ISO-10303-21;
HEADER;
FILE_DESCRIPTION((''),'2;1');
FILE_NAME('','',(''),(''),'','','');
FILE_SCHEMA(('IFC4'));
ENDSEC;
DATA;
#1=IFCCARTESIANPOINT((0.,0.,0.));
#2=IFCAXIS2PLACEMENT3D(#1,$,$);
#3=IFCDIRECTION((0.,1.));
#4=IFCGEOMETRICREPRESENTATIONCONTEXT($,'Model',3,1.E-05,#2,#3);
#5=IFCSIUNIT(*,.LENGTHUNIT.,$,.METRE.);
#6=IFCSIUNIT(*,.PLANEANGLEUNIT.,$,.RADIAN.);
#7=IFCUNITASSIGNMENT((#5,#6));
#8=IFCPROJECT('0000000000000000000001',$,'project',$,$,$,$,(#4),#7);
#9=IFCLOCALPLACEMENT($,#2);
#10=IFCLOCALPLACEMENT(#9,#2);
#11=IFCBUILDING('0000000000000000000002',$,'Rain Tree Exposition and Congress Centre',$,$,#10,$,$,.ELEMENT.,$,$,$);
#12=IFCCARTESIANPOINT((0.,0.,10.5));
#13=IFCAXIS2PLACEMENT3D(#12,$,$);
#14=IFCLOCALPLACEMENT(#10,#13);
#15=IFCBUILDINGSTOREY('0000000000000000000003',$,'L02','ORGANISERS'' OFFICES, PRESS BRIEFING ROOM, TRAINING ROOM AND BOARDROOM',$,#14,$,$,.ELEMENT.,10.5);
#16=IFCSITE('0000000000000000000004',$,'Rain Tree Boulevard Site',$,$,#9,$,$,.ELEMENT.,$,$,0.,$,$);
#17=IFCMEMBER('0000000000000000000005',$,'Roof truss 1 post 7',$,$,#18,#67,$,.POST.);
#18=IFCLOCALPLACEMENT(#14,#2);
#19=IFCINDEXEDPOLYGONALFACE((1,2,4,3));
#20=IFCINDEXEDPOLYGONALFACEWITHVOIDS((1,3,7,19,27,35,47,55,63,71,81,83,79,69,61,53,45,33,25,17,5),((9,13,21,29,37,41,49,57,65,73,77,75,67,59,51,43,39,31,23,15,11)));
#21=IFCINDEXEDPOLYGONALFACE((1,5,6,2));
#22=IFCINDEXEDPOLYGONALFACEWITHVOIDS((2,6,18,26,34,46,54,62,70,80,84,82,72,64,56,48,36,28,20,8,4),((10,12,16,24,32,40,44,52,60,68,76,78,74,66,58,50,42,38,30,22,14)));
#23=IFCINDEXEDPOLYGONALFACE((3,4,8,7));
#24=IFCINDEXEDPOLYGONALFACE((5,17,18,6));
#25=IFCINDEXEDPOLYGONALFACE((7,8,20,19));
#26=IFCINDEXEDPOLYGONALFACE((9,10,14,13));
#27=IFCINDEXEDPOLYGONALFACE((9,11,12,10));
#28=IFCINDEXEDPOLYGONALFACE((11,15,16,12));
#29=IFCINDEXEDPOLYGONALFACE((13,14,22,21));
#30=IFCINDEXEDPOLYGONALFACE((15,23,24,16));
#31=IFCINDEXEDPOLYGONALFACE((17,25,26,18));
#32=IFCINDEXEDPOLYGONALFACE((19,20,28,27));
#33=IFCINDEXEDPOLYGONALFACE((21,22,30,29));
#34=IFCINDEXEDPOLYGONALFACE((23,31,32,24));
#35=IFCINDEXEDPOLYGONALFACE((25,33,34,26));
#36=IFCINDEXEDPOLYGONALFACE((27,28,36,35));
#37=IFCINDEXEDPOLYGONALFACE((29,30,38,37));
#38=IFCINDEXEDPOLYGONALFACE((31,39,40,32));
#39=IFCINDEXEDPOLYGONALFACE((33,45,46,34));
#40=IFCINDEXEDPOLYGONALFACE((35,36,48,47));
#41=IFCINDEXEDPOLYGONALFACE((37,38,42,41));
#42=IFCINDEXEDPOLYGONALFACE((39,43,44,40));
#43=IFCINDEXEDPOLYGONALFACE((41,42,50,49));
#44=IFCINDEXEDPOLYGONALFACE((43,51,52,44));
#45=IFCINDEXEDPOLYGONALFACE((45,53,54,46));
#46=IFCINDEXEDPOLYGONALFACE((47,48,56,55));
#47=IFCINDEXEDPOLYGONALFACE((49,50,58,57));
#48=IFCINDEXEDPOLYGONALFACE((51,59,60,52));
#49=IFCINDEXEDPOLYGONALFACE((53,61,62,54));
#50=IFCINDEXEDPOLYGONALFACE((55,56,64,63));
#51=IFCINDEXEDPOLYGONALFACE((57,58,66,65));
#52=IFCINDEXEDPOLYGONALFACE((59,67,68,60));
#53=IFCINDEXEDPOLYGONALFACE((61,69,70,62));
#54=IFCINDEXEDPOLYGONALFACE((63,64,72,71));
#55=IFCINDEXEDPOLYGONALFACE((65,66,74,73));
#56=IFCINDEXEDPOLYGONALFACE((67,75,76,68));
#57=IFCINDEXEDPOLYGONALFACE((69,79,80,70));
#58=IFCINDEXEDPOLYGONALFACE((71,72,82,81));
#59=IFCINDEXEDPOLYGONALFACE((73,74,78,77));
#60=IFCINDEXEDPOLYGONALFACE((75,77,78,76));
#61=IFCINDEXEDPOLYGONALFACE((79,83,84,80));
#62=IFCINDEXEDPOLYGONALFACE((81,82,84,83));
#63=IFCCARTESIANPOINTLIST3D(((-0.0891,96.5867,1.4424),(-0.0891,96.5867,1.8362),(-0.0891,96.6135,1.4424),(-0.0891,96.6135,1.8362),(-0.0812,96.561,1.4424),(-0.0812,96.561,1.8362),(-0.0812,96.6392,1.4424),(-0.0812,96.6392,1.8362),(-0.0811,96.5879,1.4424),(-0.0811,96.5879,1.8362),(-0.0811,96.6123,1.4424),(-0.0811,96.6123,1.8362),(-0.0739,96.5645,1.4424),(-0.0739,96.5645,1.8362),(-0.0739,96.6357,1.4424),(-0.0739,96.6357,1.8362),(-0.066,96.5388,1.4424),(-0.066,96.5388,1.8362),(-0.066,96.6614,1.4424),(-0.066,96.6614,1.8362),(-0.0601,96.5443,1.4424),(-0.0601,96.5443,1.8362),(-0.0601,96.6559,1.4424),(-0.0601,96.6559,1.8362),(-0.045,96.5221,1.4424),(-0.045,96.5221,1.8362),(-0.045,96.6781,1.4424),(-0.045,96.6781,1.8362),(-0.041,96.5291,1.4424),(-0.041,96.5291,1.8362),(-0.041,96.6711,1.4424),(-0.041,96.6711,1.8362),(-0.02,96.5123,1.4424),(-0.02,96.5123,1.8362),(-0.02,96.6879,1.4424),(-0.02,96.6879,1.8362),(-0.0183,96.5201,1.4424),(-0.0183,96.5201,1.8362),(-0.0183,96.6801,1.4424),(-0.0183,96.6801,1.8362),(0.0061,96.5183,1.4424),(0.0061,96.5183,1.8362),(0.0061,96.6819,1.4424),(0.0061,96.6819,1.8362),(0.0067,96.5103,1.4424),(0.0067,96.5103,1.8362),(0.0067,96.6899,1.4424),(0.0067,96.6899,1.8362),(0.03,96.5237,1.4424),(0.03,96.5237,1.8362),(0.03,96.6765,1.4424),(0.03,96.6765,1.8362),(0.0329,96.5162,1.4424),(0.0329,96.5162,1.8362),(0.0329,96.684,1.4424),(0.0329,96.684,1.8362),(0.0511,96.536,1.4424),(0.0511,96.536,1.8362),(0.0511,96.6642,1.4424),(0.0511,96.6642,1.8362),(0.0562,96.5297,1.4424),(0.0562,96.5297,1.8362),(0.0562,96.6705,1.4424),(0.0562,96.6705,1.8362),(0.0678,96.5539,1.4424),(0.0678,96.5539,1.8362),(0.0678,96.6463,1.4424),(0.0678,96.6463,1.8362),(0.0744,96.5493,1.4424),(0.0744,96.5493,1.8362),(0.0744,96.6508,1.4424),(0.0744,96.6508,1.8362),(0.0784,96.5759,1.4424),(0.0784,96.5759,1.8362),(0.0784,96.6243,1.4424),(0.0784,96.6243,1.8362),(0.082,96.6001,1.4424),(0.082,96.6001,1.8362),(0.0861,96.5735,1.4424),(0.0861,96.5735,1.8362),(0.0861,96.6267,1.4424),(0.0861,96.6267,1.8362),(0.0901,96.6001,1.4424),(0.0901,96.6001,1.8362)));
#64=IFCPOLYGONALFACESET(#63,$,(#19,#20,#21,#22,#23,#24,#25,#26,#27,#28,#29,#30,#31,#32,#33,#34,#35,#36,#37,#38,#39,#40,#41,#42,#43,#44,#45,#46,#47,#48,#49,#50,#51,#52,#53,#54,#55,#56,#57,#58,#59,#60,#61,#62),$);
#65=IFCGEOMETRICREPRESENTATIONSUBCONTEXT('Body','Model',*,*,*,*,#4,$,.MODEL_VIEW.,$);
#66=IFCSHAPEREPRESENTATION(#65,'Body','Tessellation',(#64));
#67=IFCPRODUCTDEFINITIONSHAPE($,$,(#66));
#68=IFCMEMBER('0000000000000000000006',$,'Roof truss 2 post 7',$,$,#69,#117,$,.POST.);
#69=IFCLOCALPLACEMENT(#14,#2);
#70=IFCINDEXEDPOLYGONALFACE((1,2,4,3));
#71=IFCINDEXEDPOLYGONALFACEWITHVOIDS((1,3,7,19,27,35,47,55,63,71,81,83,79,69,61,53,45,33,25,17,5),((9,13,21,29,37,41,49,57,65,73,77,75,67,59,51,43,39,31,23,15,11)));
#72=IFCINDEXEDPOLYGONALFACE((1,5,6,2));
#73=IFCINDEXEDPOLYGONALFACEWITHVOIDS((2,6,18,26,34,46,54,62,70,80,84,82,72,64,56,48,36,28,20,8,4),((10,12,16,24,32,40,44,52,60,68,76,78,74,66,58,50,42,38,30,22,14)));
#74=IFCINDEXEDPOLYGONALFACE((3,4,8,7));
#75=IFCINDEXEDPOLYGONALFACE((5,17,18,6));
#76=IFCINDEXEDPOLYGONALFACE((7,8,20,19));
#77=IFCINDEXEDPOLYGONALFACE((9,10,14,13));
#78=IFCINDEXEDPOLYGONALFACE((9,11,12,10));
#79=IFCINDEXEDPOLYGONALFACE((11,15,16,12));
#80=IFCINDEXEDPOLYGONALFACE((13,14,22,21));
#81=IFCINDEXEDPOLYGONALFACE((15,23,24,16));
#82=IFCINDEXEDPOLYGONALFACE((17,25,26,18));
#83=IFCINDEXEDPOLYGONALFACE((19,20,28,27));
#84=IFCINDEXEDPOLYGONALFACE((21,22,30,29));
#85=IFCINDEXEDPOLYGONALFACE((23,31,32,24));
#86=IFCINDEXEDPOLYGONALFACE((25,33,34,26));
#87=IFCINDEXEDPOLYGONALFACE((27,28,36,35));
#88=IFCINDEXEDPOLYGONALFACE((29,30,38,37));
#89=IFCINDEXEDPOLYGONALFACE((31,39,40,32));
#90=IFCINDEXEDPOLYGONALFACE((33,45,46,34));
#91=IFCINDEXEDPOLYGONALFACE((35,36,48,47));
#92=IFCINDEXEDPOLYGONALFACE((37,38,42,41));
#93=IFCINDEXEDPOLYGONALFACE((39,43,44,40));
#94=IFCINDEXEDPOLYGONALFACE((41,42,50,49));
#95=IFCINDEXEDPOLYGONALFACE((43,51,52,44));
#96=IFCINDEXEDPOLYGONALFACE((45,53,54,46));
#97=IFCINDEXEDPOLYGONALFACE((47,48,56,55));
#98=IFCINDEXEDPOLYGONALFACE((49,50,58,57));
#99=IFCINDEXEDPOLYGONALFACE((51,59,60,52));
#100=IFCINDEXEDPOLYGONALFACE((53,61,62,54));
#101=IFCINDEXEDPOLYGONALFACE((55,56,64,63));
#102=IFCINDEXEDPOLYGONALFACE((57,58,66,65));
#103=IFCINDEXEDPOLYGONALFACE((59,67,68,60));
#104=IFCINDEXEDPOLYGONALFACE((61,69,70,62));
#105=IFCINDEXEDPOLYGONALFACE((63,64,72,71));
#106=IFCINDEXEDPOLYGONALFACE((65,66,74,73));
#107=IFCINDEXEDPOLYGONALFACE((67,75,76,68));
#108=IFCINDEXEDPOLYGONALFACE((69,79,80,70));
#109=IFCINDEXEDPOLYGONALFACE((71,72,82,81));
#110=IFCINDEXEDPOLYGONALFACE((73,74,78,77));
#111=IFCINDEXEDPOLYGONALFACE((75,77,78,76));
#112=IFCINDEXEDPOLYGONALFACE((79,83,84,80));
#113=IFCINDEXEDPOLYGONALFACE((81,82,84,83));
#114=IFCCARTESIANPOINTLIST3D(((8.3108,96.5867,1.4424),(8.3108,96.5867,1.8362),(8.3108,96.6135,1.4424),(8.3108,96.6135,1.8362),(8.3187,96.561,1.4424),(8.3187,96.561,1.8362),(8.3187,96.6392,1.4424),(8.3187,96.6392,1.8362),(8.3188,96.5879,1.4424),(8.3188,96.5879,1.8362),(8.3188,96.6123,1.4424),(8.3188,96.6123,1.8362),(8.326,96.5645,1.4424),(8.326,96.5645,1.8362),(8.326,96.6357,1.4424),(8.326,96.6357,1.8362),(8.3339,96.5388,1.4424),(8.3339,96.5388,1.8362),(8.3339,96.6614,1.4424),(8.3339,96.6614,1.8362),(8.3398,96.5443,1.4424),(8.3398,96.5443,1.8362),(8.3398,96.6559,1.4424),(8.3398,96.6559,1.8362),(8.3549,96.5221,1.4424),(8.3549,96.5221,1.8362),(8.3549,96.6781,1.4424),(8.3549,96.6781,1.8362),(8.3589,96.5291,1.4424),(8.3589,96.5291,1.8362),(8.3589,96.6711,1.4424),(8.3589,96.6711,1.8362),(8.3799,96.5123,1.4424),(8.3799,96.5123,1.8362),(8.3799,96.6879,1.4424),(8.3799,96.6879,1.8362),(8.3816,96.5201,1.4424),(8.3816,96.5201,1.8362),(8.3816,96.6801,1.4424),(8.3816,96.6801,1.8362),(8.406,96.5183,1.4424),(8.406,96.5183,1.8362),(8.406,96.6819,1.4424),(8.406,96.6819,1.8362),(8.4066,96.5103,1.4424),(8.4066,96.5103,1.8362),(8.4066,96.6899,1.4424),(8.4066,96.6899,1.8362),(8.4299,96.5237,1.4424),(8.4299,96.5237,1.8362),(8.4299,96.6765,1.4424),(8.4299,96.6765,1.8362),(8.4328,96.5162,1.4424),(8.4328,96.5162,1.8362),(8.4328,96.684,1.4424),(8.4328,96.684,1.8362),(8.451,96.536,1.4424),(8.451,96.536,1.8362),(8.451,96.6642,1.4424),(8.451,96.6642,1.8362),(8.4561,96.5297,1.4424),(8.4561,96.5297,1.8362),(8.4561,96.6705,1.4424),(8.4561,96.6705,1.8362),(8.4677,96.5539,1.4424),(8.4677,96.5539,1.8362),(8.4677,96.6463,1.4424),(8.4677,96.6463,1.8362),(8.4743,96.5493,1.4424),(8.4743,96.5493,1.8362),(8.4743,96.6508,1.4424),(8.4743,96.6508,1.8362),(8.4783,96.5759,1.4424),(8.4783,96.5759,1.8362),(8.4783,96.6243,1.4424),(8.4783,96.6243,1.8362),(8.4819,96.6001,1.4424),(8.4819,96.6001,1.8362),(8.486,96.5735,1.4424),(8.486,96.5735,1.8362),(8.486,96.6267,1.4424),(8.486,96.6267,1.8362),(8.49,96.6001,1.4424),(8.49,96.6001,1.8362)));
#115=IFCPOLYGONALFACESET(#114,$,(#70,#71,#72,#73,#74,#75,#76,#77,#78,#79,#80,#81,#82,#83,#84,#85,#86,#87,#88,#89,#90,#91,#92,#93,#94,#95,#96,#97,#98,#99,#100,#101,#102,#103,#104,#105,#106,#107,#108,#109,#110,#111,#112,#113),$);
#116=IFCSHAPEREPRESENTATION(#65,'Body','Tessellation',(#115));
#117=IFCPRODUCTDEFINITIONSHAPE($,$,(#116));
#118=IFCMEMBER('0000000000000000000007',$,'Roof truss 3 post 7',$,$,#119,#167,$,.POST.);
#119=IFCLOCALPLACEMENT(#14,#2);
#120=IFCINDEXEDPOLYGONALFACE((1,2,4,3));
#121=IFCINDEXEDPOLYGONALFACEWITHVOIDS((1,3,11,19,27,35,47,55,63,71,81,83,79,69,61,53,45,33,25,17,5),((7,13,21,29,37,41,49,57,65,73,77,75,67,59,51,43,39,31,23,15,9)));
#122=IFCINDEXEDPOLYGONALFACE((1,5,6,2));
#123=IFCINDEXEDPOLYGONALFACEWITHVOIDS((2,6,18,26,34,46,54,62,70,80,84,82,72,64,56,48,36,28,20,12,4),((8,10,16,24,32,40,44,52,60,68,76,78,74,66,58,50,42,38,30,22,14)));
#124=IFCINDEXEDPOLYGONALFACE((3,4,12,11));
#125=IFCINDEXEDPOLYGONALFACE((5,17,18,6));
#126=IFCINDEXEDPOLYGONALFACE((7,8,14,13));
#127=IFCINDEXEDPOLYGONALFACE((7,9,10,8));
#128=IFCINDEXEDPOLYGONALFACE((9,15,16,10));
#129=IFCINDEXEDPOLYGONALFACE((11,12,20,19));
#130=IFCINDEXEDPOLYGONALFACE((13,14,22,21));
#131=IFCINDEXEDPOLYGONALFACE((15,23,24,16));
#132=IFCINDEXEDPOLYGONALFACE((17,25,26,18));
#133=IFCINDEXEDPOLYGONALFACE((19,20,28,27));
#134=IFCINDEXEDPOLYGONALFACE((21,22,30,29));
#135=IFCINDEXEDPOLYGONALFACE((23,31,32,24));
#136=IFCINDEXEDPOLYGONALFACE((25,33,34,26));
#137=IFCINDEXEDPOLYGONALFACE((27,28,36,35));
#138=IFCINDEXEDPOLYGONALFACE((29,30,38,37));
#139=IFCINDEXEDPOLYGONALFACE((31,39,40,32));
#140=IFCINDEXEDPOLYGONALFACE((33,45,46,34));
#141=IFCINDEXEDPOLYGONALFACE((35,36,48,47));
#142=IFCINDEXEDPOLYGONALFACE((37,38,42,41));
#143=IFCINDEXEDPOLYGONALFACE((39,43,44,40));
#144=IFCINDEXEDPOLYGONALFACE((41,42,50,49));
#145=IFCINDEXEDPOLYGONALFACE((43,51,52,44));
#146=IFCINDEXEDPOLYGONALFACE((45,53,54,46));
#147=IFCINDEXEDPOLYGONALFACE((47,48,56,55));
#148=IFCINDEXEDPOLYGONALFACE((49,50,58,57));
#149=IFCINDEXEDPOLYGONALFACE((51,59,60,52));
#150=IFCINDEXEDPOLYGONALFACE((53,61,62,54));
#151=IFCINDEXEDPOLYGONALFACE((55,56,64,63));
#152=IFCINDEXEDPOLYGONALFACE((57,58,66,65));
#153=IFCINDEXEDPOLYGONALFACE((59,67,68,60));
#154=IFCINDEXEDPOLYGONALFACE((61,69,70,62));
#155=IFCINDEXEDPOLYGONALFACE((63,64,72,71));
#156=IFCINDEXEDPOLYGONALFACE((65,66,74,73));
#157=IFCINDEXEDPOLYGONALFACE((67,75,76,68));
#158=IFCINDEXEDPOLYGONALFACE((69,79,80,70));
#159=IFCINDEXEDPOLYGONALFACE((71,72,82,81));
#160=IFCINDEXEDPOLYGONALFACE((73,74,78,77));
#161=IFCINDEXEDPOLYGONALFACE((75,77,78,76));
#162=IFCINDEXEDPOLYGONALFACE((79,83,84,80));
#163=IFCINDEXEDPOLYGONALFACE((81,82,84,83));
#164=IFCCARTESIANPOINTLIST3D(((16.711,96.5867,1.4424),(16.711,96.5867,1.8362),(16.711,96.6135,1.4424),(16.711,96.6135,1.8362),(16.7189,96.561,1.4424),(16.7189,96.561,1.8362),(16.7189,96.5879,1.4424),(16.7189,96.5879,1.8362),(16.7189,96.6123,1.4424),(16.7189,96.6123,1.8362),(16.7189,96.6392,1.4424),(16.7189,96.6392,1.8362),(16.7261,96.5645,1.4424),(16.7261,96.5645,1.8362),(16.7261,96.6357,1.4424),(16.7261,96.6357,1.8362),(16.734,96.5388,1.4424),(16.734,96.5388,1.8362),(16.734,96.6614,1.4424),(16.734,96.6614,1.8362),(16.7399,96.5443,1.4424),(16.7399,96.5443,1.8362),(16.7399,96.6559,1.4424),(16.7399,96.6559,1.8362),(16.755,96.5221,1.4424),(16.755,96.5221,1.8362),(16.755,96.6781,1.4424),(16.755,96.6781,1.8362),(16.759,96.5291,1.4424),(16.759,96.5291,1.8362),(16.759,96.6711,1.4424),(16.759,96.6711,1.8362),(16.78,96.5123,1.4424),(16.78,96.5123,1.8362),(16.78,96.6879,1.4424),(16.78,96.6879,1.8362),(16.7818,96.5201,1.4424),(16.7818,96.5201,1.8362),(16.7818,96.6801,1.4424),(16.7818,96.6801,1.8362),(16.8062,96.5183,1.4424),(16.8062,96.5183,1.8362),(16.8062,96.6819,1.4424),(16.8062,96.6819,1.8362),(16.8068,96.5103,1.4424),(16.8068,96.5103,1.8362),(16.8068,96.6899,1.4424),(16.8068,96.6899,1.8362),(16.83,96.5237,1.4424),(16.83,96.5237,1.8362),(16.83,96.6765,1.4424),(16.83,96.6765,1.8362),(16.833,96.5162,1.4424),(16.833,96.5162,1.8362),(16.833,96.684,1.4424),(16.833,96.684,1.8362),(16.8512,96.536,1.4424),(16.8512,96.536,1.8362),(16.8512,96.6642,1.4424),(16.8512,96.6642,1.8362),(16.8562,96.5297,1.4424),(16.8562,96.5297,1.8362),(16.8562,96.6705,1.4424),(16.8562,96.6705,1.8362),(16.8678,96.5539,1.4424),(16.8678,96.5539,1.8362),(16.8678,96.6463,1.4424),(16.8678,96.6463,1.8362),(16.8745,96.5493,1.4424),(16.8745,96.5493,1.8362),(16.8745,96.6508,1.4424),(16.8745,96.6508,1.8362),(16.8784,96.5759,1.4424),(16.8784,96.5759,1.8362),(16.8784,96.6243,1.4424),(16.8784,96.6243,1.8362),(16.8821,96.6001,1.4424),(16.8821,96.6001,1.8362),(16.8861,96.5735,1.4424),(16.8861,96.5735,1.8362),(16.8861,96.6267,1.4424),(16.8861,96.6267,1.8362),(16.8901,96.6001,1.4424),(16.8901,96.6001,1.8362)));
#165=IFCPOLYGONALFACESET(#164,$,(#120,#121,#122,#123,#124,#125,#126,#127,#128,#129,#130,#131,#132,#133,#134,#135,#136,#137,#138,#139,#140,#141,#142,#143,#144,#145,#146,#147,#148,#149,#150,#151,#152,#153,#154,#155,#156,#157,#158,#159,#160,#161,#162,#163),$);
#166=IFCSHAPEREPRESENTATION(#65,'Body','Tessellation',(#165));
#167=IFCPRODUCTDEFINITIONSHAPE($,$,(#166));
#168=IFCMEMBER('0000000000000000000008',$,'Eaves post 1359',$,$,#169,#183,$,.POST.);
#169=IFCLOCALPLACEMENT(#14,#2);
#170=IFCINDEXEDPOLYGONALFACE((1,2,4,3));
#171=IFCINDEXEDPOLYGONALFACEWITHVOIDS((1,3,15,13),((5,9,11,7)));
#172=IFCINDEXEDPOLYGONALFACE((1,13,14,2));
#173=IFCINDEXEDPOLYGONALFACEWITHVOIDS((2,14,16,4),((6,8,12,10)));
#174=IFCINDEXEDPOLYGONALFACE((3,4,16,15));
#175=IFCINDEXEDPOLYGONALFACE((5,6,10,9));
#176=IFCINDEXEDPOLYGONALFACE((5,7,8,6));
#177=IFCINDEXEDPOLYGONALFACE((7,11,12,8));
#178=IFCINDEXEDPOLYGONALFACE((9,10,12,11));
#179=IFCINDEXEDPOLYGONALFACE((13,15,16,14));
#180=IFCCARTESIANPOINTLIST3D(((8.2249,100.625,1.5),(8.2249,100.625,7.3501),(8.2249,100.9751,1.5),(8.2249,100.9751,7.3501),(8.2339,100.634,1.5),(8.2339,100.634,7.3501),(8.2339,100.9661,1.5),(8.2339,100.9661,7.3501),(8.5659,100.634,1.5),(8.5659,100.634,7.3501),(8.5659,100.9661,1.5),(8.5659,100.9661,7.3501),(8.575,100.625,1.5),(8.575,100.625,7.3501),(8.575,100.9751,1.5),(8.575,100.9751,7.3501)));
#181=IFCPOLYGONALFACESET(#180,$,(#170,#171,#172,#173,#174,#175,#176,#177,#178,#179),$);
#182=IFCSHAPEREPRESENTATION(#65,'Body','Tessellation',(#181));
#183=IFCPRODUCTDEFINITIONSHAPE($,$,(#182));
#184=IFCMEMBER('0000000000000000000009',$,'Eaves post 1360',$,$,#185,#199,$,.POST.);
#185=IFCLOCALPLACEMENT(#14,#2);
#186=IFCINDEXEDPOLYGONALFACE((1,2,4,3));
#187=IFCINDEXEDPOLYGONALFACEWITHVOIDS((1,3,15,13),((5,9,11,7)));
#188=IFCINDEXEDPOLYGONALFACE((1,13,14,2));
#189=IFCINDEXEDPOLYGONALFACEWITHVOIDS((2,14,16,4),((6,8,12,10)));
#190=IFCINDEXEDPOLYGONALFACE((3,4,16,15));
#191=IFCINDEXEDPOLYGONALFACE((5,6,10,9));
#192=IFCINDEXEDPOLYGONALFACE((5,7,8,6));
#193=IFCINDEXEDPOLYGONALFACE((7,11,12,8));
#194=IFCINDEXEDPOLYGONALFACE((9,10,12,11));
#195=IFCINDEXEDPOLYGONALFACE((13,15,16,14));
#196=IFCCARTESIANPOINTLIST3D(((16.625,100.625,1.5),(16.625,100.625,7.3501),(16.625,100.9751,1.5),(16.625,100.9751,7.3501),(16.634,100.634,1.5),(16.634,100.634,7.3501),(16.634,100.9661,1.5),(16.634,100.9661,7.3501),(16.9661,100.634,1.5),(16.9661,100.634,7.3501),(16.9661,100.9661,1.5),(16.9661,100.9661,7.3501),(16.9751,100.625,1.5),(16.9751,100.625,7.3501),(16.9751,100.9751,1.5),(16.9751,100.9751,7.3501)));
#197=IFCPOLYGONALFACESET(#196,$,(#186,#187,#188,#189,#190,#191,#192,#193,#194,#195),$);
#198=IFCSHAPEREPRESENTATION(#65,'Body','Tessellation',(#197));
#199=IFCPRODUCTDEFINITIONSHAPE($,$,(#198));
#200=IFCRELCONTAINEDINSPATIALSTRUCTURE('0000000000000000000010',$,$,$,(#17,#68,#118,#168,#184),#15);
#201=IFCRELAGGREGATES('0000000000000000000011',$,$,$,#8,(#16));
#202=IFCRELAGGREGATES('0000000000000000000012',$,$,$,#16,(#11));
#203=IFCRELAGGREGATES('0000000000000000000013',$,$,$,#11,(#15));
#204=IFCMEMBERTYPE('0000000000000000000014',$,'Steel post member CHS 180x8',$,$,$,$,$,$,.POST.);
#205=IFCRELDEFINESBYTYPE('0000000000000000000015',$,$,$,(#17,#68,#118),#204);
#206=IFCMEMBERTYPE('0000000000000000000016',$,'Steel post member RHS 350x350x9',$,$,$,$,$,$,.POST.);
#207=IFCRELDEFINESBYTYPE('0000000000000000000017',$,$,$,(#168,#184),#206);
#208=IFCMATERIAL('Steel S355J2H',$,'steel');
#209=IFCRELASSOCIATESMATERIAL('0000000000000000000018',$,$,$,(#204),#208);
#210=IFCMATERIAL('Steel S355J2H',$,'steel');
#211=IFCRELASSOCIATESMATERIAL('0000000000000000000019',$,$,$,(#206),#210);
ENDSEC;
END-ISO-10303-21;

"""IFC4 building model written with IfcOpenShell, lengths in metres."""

from ifc_helpers import new_model, si_unit, direction, frame, origin, origin_2d, place, context, subcontext, project, spatial, hollow_rectangle, hollow_circle, extrude, material, material_profile, profile_set, type_object, element, save


model = new_model("IFC4")

# Units and contexts
model_context = context("Model", 3, precision=1e-05, world=origin(), true_north=direction((0.0, 1.0)))
body_context = subcontext(model_context, "Body", "Model", "MODEL_VIEW")
ifc_project = project(units=[si_unit("LENGTHUNIT", "METRE"), si_unit("PLANEANGLEUNIT", "RADIAN")], contexts=[model_context])

# Site, building, storey
site_placement = place(None, origin())
site = spatial("IfcSite", under=ifc_project, at=site_placement, Name="Rain Tree Boulevard Site", CompositionType="ELEMENT", RefElevation=0.0)
building_placement = place(site_placement, origin())
building = spatial("IfcBuilding", under=site, at=building_placement, Name="Rain Tree Exposition and Congress Centre", CompositionType="ELEMENT")
storey_placement = place(building_placement, frame((0.0, 0.0, 10.5)))
storey = spatial("IfcBuildingStorey", under=building, at=storey_placement, Name="L02", Description="ORGANISERS' OFFICES, PRESS BRIEFING ROOM, TRAINING ROOM AND BOARDROOM", CompositionType="ELEMENT", Elevation=10.5)

# Members
ifc_material_1 = material(Name="Steel S355J2H", Category="steel")
ifc_material_profile_1 = material_profile(ifc_material_1, hollow_circle(Radius=0.0901, WallThickness=0.0081, at=origin_2d()), Name="CHS 180x8")
ifc_profile_set_1 = profile_set([ifc_material_profile_1], Name="Steel S355J2H")
member_type_1 = type_object("IfcMemberType", Name="Steel post member CHS 180x8", PredefinedType="POST", material=ifc_profile_set_1)
for number, where, z_axis, x_axis, name in (
    (1, (0.0, 96.6001, 1.4424), (0.0, 0.0, 1.0), (1.0, 0.0, 0.0), "Roof truss 1 post 7"),
    (2, (8.3999, 96.6001, 1.4424), (0.0, 0.0, 1.0), (1.0, 0.0, 0.0), "Roof truss 2 post 7"),
    (3, (16.8, 96.6001, 1.4424), (0.0, 0.0, 1.0), (1.0, 0.0, 0.0), "Roof truss 3 post 7"),
):
    element("IfcMember", number, at=place(storey_placement, frame(where, z_axis=z_axis, x_axis=x_axis)), inside=storey, type_object=member_type_1, Name=name, PredefinedType="POST", context=body_context, shape_type="SweptSolid", body=[
        extrude(hollow_circle(Radius=0.0901, WallThickness=0.0081, at=origin_2d()), origin(), (0.0, 0.0, 1.0), 0.3938),
    ])
ifc_material_2 = material(Name="Steel S355J2H", Category="steel")
ifc_material_profile_2 = material_profile(ifc_material_2, hollow_rectangle(XDim=0.3501, YDim=0.3501, WallThickness=0.009, at=origin_2d()), Name="RHS 350x350x9")
ifc_profile_set_2 = profile_set([ifc_material_profile_2], Name="Steel S355J2H")
member_type_2 = type_object("IfcMemberType", Name="Steel post member RHS 350x350x9", PredefinedType="POST", material=ifc_profile_set_2)
for number, where, z_axis, x_axis, name in (
    (4, (8.3999, 100.8, 1.5), (0.0, 0.0, 1.0), (1.0, 0.0, 0.0), "Eaves post 1359"),
    (5, (16.8, 100.8, 1.5), (0.0, 0.0, 1.0), (1.0, 0.0, 0.0), "Eaves post 1360"),
):
    element("IfcMember", number, at=place(storey_placement, frame(where, z_axis=z_axis, x_axis=x_axis)), inside=storey, type_object=member_type_2, Name=name, PredefinedType="POST", context=body_context, shape_type="SweptSolid", body=[
        extrude(hollow_rectangle(XDim=0.3501, YDim=0.3501, WallThickness=0.009, at=origin_2d()), origin(), (0.0, 0.0, 1.0), 5.8501),
    ])

save(model, "model.ifc")
